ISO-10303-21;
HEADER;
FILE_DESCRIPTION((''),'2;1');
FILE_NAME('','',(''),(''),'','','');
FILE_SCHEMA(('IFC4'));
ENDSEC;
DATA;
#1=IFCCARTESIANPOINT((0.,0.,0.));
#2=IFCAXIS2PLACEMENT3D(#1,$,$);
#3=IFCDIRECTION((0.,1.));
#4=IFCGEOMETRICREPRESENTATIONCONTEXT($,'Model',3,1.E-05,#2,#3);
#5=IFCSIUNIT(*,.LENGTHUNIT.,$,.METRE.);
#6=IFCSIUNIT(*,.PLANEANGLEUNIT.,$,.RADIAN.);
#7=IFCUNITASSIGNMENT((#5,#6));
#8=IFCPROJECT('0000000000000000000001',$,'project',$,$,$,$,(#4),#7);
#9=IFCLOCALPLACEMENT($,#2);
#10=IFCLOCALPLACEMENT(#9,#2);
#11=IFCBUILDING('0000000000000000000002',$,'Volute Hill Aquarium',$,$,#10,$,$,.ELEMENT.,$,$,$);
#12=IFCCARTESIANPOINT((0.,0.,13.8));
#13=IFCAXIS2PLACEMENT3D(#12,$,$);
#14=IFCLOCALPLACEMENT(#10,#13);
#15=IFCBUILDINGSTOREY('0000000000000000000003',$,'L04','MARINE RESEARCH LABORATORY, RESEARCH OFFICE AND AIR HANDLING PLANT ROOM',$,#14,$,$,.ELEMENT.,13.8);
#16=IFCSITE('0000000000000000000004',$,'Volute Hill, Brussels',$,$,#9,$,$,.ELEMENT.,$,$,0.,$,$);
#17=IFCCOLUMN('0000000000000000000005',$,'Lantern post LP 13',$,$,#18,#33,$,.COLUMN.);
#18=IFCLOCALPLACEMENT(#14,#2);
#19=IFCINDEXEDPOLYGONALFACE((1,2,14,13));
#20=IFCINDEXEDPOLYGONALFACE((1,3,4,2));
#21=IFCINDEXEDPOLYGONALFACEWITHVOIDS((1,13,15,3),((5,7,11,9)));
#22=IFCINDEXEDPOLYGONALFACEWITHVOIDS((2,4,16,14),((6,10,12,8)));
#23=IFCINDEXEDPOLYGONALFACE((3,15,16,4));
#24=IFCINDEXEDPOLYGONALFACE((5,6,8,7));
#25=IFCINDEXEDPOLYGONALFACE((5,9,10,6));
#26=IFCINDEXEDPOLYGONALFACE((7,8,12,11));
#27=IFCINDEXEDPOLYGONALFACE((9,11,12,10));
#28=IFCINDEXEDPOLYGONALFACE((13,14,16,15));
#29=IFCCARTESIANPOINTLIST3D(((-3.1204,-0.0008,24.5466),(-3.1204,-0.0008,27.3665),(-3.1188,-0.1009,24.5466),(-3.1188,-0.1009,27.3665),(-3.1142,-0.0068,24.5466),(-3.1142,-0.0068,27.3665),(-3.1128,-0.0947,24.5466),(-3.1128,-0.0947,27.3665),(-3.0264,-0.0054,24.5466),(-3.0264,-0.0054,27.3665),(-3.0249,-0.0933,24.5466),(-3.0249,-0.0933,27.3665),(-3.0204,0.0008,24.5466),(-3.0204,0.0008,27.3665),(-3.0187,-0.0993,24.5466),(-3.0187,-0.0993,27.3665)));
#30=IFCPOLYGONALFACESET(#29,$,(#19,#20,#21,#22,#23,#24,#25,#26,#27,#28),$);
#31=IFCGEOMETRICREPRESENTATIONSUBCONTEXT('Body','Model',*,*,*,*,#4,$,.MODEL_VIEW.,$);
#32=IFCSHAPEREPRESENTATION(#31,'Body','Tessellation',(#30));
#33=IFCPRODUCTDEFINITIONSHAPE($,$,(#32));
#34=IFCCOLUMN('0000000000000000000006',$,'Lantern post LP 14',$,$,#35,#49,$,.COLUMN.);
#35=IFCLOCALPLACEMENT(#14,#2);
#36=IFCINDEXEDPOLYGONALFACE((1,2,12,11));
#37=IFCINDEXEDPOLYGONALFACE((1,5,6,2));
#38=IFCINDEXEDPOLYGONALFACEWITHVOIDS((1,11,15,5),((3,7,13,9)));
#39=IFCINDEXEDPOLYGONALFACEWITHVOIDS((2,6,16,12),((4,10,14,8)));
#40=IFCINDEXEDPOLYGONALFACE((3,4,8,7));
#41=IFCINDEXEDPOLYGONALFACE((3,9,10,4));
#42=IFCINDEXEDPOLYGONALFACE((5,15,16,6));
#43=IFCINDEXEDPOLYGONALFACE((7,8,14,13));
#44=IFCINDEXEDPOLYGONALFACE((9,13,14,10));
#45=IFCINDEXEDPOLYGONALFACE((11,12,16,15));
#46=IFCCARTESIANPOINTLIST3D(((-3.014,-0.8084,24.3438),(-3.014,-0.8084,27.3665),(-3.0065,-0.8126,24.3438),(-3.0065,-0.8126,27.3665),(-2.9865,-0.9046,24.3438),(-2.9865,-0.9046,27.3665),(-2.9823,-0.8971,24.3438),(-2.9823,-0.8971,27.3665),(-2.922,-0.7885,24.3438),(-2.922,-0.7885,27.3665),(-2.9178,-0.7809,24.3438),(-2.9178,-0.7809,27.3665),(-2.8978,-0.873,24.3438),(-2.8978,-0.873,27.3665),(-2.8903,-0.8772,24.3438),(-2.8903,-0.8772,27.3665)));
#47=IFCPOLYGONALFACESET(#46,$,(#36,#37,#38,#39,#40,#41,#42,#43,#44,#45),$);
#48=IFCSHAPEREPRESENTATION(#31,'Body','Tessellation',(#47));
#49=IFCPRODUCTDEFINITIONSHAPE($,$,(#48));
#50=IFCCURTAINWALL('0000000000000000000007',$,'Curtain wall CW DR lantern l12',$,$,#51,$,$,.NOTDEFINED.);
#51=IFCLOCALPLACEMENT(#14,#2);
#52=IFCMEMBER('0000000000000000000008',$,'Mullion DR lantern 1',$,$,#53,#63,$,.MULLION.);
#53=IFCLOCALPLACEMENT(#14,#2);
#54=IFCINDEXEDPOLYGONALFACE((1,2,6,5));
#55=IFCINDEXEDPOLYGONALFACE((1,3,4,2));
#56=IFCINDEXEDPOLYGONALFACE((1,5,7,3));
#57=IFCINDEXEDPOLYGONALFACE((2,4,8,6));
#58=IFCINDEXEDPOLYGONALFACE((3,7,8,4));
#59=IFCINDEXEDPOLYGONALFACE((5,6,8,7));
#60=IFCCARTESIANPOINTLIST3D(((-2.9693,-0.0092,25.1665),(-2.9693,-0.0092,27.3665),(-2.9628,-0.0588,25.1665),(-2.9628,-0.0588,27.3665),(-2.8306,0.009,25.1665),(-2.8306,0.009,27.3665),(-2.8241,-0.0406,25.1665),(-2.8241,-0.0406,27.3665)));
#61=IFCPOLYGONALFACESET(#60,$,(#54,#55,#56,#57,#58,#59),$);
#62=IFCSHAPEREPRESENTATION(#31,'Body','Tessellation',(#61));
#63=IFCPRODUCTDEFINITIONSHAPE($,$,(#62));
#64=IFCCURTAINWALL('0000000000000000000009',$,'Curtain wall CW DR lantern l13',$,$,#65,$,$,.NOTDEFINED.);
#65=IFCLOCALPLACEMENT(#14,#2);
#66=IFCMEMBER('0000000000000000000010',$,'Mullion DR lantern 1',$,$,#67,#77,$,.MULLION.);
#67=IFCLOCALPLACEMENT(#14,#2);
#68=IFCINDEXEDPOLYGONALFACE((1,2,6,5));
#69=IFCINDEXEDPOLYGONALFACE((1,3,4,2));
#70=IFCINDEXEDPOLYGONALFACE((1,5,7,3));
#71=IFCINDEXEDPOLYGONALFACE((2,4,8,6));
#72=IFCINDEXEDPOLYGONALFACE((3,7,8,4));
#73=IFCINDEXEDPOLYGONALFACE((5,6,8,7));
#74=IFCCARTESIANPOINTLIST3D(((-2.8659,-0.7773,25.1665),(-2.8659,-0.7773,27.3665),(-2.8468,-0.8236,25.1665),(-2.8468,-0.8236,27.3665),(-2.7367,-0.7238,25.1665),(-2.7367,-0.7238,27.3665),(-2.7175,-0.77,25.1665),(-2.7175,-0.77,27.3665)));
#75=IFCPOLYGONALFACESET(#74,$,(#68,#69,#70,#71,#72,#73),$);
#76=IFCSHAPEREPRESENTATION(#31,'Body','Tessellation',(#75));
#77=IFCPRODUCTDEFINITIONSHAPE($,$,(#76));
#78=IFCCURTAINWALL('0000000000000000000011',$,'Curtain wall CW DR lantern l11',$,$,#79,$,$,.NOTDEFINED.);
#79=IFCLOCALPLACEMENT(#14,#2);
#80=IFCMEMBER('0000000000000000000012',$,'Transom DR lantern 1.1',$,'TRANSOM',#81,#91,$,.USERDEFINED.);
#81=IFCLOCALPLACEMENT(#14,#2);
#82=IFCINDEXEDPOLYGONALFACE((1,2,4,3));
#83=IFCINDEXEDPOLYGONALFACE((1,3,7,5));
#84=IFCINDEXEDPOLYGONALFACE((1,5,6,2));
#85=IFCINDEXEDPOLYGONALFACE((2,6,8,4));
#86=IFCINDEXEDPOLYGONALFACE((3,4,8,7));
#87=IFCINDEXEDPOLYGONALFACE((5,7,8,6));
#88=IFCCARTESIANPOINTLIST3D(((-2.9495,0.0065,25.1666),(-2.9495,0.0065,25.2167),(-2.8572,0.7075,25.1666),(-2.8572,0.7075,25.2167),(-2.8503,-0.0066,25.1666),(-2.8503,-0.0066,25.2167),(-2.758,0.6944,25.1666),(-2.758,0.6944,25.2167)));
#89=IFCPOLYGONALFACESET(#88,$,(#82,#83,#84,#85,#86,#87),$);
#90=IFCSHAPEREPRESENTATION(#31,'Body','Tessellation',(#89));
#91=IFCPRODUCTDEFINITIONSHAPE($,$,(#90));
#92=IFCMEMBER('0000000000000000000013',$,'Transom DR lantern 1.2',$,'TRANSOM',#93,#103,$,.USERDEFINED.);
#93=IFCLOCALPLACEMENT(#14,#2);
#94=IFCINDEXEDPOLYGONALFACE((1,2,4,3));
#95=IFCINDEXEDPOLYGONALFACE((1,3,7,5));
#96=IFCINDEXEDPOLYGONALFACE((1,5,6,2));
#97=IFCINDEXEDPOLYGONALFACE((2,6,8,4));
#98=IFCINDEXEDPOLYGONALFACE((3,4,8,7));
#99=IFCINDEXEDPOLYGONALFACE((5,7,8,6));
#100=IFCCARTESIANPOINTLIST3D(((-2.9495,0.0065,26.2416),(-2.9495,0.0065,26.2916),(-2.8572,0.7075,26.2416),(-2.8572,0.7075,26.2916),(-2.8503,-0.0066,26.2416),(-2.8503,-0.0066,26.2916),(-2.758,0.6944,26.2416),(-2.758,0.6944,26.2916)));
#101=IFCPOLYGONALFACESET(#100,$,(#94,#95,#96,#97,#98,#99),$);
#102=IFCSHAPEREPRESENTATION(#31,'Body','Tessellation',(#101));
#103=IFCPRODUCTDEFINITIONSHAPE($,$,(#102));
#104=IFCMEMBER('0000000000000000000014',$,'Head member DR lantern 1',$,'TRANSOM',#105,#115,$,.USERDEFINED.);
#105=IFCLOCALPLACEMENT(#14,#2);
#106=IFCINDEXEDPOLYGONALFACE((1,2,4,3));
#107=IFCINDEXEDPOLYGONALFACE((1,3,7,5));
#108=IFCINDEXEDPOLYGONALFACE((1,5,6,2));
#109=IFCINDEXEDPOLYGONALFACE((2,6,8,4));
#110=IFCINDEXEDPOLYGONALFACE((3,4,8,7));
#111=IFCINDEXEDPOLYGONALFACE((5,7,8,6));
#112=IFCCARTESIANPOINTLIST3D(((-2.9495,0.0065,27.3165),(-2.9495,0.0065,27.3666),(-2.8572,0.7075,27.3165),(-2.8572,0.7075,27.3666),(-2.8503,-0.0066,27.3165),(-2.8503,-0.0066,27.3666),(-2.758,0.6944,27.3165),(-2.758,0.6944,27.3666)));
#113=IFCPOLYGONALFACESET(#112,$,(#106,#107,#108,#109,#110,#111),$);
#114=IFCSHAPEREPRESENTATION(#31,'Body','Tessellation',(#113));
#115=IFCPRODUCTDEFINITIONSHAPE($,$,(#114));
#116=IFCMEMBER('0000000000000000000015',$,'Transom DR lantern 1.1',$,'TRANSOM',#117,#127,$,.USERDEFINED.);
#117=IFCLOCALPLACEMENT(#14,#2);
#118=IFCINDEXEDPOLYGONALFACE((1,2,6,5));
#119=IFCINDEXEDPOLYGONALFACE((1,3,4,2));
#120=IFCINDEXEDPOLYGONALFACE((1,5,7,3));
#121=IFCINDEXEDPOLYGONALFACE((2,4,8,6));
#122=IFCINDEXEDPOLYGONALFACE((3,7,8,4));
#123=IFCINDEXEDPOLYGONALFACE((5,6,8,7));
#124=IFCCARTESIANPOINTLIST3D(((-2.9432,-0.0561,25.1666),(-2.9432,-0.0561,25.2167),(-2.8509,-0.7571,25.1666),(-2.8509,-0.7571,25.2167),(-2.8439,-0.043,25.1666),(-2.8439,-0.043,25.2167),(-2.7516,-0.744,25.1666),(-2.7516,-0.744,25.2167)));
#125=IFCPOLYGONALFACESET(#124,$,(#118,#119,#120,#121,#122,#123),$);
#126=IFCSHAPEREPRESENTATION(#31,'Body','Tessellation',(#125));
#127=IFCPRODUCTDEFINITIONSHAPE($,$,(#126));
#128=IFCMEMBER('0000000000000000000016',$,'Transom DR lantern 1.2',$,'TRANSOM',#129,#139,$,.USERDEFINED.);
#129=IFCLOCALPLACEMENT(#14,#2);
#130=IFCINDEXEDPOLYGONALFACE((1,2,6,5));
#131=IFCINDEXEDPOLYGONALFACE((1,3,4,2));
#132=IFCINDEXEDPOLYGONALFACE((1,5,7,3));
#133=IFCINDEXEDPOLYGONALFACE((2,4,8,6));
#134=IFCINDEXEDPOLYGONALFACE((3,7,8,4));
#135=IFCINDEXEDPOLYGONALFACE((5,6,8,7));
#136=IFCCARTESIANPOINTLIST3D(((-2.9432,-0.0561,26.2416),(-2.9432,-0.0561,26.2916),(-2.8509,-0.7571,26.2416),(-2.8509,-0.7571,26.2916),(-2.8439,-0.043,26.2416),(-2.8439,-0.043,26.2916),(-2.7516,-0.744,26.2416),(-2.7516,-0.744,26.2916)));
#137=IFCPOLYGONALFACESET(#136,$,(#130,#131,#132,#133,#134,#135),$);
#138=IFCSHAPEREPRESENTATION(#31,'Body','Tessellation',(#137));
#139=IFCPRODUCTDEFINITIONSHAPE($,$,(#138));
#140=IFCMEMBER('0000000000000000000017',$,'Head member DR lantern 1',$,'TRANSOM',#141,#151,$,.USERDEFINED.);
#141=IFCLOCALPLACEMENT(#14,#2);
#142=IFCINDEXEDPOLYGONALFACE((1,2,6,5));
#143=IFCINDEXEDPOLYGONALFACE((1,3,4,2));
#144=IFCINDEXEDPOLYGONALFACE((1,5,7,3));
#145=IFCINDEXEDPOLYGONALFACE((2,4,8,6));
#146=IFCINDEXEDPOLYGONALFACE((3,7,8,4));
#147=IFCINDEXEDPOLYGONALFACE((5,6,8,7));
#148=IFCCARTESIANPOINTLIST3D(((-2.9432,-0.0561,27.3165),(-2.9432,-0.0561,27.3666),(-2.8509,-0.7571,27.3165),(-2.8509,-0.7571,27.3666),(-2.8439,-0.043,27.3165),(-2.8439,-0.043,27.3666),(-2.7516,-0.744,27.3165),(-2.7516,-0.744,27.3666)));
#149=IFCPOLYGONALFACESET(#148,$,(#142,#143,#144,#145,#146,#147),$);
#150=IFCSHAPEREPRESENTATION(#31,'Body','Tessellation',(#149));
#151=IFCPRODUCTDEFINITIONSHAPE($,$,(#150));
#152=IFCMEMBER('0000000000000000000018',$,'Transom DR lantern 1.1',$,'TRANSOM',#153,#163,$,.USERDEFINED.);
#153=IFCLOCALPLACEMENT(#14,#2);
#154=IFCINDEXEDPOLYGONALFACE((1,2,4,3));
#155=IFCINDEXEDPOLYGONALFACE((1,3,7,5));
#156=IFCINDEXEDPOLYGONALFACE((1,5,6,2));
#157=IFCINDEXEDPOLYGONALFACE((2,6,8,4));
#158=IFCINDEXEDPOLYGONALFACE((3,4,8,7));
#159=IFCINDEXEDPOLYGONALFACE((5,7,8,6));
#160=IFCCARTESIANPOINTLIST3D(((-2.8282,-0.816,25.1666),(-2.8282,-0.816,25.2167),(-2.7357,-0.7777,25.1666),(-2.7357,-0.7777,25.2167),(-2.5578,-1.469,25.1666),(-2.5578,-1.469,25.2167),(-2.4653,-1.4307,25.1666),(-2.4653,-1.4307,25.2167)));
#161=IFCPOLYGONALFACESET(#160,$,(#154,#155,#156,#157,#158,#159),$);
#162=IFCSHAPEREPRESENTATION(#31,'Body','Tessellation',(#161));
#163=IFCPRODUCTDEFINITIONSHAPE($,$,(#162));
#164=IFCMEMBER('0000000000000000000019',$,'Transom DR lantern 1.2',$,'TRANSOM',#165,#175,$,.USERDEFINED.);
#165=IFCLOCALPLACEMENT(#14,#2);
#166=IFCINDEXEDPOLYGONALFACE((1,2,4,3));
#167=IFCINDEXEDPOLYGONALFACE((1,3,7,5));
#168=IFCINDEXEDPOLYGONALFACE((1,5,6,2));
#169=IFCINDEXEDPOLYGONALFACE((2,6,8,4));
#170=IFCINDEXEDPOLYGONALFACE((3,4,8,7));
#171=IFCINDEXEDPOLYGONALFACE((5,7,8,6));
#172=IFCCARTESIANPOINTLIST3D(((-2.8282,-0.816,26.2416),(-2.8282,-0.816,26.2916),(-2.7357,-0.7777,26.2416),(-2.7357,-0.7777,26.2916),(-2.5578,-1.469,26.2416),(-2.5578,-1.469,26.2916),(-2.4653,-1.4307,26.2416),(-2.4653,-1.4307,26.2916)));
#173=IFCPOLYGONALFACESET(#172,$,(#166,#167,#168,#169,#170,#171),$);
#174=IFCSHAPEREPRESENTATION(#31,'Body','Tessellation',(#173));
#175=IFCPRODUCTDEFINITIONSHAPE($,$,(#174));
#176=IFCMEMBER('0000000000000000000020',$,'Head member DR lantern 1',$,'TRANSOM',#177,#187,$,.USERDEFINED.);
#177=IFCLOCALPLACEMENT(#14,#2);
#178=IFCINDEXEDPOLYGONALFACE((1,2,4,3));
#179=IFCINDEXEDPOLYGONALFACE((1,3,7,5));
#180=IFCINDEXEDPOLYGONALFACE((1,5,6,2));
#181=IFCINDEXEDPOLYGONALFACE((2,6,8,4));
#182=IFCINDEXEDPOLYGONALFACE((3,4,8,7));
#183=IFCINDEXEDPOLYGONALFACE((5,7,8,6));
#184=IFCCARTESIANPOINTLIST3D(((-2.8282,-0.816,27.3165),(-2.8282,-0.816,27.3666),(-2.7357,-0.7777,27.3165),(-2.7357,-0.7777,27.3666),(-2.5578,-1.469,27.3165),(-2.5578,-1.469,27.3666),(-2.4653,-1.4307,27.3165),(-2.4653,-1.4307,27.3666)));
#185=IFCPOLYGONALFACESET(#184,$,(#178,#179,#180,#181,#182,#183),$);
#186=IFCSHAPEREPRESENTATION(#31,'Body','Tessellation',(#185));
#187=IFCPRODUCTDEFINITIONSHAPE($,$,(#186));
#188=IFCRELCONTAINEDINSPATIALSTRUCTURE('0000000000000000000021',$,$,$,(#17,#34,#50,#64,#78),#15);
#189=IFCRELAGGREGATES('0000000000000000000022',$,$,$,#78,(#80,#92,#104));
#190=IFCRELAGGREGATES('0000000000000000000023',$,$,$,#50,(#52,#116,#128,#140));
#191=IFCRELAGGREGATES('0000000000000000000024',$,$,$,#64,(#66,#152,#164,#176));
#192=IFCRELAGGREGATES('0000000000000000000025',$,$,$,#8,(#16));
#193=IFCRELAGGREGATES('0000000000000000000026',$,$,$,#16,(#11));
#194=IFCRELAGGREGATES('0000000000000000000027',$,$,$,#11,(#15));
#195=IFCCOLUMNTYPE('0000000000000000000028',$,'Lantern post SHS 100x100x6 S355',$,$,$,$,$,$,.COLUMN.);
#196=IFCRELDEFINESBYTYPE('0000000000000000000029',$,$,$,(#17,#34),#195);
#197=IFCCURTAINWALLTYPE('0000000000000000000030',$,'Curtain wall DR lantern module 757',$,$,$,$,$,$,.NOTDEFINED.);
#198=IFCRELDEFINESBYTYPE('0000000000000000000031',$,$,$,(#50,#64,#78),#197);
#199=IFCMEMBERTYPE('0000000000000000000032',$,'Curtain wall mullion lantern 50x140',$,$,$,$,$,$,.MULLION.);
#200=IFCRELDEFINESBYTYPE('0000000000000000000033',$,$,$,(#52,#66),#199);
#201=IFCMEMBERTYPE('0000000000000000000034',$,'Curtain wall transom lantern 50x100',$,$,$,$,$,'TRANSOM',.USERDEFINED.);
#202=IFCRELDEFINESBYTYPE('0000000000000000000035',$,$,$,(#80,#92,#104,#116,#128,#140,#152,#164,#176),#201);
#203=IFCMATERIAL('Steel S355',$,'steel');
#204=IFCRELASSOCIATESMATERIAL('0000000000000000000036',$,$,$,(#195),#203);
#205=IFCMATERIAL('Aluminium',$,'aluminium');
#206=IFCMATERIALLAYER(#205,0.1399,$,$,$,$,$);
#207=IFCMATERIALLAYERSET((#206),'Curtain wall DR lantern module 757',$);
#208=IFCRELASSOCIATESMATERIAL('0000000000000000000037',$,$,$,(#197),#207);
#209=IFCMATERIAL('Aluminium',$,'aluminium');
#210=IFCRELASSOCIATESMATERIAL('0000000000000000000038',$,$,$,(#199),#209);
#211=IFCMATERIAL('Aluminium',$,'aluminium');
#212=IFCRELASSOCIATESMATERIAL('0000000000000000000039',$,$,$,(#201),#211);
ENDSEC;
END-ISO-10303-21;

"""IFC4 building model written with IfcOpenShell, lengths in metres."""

from ifc_helpers import new_model, si_unit, direction, frame, origin, origin_2d, place, context, subcontext, project, spatial, rectangle, hollow_rectangle, extrude, material, layer, layer_set, material_profile, profile_set, type_object, element, aggregate, save


model = new_model("IFC4")

# Units and contexts
model_context = context("Model", 3, precision=1e-05, world=origin(), true_north=direction((0.0, 1.0)))
body_context = subcontext(model_context, "Body", "Model", "MODEL_VIEW")
ifc_project = project(units=[si_unit("LENGTHUNIT", "METRE"), si_unit("PLANEANGLEUNIT", "RADIAN")], contexts=[model_context])

# Site, building, storey
site_placement = place(None, origin())
site = spatial("IfcSite", under=ifc_project, at=site_placement, Name="Volute Hill, Brussels", CompositionType="ELEMENT", RefElevation=0.0)
building_placement = place(site_placement, origin())
building = spatial("IfcBuilding", under=site, at=building_placement, Name="Volute Hill Aquarium", CompositionType="ELEMENT")
storey_placement = place(building_placement, frame((0.0, 0.0, 13.8)))
storey = spatial("IfcBuildingStorey", under=building, at=storey_placement, Name="L04", Description="MARINE RESEARCH LABORATORY, RESEARCH OFFICE AND AIR HANDLING PLANT ROOM", CompositionType="ELEMENT", Elevation=13.8)

# Columns
ifc_material_1 = material(Name="Steel S355", Category="steel")
ifc_material_profile_1 = material_profile(ifc_material_1, hollow_rectangle(XDim=0.1001, YDim=0.1001, WallThickness=0.0061, at=origin_2d()), Name="SHS 100x100x6")
ifc_profile_set_1 = profile_set([ifc_material_profile_1], Name="Steel S355")
column_type = type_object("IfcColumnType", Name="Lantern post SHS 100x100x6 S355", PredefinedType="COLUMN", material=ifc_profile_set_1)
column_1_placement = place(storey_placement, frame((-3.0696, -0.05, 24.5466), z_axis=(0.0, 0.0, 1.0), x_axis=(-0.999867, -0.016286, 0.0)))
element("IfcColumn", 1, at=column_1_placement, inside=storey, type_object=column_type, Name="Lantern post LP 13", PredefinedType="COLUMN", context=body_context, shape_type="SweptSolid", body=[
    extrude(hollow_rectangle(XDim=0.1001, YDim=0.1001, WallThickness=0.0061, at=origin_2d()), origin(), (0.0, 0.0, 1.0), 2.8198),
])
column_2_placement = place(storey_placement, frame((-2.9521, -0.8428, 24.3438), z_axis=(0.0, 0.0, 1.0), x_axis=(-0.961583, -0.274516, 0.0)))
element("IfcColumn", 2, at=column_2_placement, inside=storey, type_object=column_type, Name="Lantern post LP 14", PredefinedType="COLUMN", context=body_context, shape_type="SweptSolid", body=[
    extrude(hollow_rectangle(XDim=0.1001, YDim=0.1001, WallThickness=0.0061, at=origin_2d()), origin(), (0.0, 0.0, 1.0), 3.0227),
])

# Curtain walls, members
ifc_material_2 = material(Name="Aluminium", Category="aluminium")
ifc_layer_1 = layer(ifc_material_2, 0.1399)
ifc_layer_set_1 = layer_set([ifc_layer_1], Name="Curtain wall DR lantern module 757")
curtain_wall_type = type_object("IfcCurtainWallType", Name="Curtain wall DR lantern module 757", PredefinedType="NOTDEFINED", material=ifc_layer_set_1)
curtain_wall_1_placement = place(storey_placement, origin())
curtain_wall_1 = element("IfcCurtainWall", 3, at=curtain_wall_1_placement, inside=storey, type_object=curtain_wall_type, Name="Curtain wall CW DR lantern l12", PredefinedType="NOTDEFINED")
ifc_material_3 = material(Name="Aluminium", Category="aluminium")
ifc_material_profile_2 = material_profile(ifc_material_3, rectangle(XDim=0.1399, YDim=0.05, at=origin_2d()), Name="Curtain wall mullion lantern 50x140")
ifc_profile_set_2 = profile_set([ifc_material_profile_2], Name="Aluminium")
member_type_1 = type_object("IfcMemberType", Name="Curtain wall mullion lantern 50x140", PredefinedType="MULLION", material=ifc_profile_set_2)
member_1_placement = place(storey_placement, frame((-2.8967, -0.0249, 25.1665), z_axis=(0.0, 0.0, 1.0), x_axis=(0.991448, 0.130502, 0.0)))
member_1 = element("IfcMember", 4, at=member_1_placement, type_object=member_type_1, Name="Mullion DR lantern 1", PredefinedType="MULLION", context=body_context, shape_type="SweptSolid", body=[
    extrude(rectangle(XDim=0.1399, YDim=0.05, at=origin_2d()), origin(), (0.0, 0.0, 1.0), 2.2),
])
curtain_wall_2_placement = place(storey_placement, origin())
curtain_wall_2 = element("IfcCurtainWall", 5, at=curtain_wall_2_placement, inside=storey, type_object=curtain_wall_type, Name="Curtain wall CW DR lantern l13", PredefinedType="NOTDEFINED")
member_2_placement = place(storey_placement, frame((-2.7917, -0.7737, 25.1665), z_axis=(0.0, 0.0, 1.0), x_axis=(0.92388, 0.382682, 0.0)))
member_2 = element("IfcMember", 6, at=member_2_placement, type_object=member_type_1, Name="Mullion DR lantern 1", PredefinedType="MULLION", context=body_context, shape_type="SweptSolid", body=[
    extrude(rectangle(XDim=0.1399, YDim=0.05, at=origin_2d()), origin(), (0.0, 0.0, 1.0), 2.2),
])

# Curtain wall, members
curtain_wall_3_placement = place(storey_placement, origin())
curtain_wall_3 = element("IfcCurtainWall", 7, at=curtain_wall_3_placement, inside=storey, type_object=curtain_wall_type, Name="Curtain wall CW DR lantern l11", PredefinedType="NOTDEFINED")
ifc_material_4 = material(Name="Aluminium", Category="aluminium")
ifc_material_profile_3 = material_profile(ifc_material_4, rectangle(XDim=0.1001, YDim=0.05, at=origin_2d()), Name="Curtain wall transom lantern 50x100")
ifc_profile_set_3 = profile_set([ifc_material_profile_3], Name="Aluminium")
member_type_2 = type_object("IfcMemberType", Name="Curtain wall transom lantern 50x100", ElementType="TRANSOM", PredefinedType="USERDEFINED", material=ifc_profile_set_3)
member_3_placement = place(storey_placement, frame((-2.8076, 0.7009, 25.1917), z_axis=(-0.130535, -0.991444, 0.0), x_axis=(0.991444, -0.130535, 0.0)))
member_3 = element("IfcMember", 8, at=member_3_placement, type_object=member_type_2, Name="Transom DR lantern 1.1", ObjectType="TRANSOM", PredefinedType="USERDEFINED", context=body_context, shape_type="SweptSolid", body=[
    extrude(rectangle(XDim=0.1001, YDim=0.05, at=origin_2d()), origin(), (0.0, 0.0, 1.0), 0.707),
])
member_4_placement = place(storey_placement, frame((-2.8076, 0.7009, 26.2666), z_axis=(-0.130535, -0.991444, 0.0), x_axis=(0.991444, -0.130535, 0.0)))
member_4 = element("IfcMember", 9, at=member_4_placement, type_object=member_type_2, Name="Transom DR lantern 1.2", ObjectType="TRANSOM", PredefinedType="USERDEFINED", context=body_context, shape_type="SweptSolid", body=[
    extrude(rectangle(XDim=0.1001, YDim=0.05, at=origin_2d()), origin(), (0.0, 0.0, 1.0), 0.707),
])
member_5_placement = place(storey_placement, frame((-2.8076, 0.7009, 27.3416), z_axis=(-0.130535, -0.991444, 0.0), x_axis=(0.991444, -0.130535, 0.0)))
member_5 = element("IfcMember", 10, at=member_5_placement, type_object=member_type_2, Name="Head member DR lantern 1", ObjectType="TRANSOM", PredefinedType="USERDEFINED", context=body_context, shape_type="SweptSolid", body=[
    extrude(rectangle(XDim=0.1001, YDim=0.05, at=origin_2d()), origin(), (0.0, 0.0, 1.0), 0.707),
])

# Members
member_6_placement = place(storey_placement, frame((-2.8936, -0.0496, 25.1917), z_axis=(0.130535, -0.991444, 0.0), x_axis=(0.991444, 0.130535, 0.0)))
member_6 = element("IfcMember", 11, at=member_6_placement, type_object=member_type_2, Name="Transom DR lantern 1.1", ObjectType="TRANSOM", PredefinedType="USERDEFINED", context=body_context, shape_type="SweptSolid", body=[
    extrude(rectangle(XDim=0.1001, YDim=0.05, at=origin_2d()), origin(), (0.0, 0.0, 1.0), 0.707),
])
member_7_placement = place(storey_placement, frame((-2.8936, -0.0496, 26.2666), z_axis=(0.130535, -0.991444, 0.0), x_axis=(0.991444, 0.130535, 0.0)))
member_7 = element("IfcMember", 12, at=member_7_placement, type_object=member_type_2, Name="Transom DR lantern 1.2", ObjectType="TRANSOM", PredefinedType="USERDEFINED", context=body_context, shape_type="SweptSolid", body=[
    extrude(rectangle(XDim=0.1001, YDim=0.05, at=origin_2d()), origin(), (0.0, 0.0, 1.0), 0.707),
])
member_8_placement = place(storey_placement, frame((-2.8936, -0.0496, 27.3416), z_axis=(0.130535, -0.991444, 0.0), x_axis=(0.991444, 0.130535, 0.0)))
member_8 = element("IfcMember", 13, at=member_8_placement, type_object=member_type_2, Name="Head member DR lantern 1", ObjectType="TRANSOM", PredefinedType="USERDEFINED", context=body_context, shape_type="SweptSolid", body=[
    extrude(rectangle(XDim=0.1001, YDim=0.05, at=origin_2d()), origin(), (0.0, 0.0, 1.0), 0.707),
])
member_9_placement = place(storey_placement, frame((-2.782, -0.7969, 25.1917), z_axis=(0.382677, -0.923882, 0.0), x_axis=(0.923882, 0.382677, 0.0)))
member_9 = element("IfcMember", 14, at=member_9_placement, type_object=member_type_2, Name="Transom DR lantern 1.1", ObjectType="TRANSOM", PredefinedType="USERDEFINED", context=body_context, shape_type="SweptSolid", body=[
    extrude(rectangle(XDim=0.1001, YDim=0.05, at=origin_2d()), origin(), (0.0, 0.0, 1.0), 0.7068),
])
member_10_placement = place(storey_placement, frame((-2.782, -0.7969, 26.2666), z_axis=(0.382677, -0.923882, 0.0), x_axis=(0.923882, 0.382677, 0.0)))
member_10 = element("IfcMember", 15, at=member_10_placement, type_object=member_type_2, Name="Transom DR lantern 1.2", ObjectType="TRANSOM", PredefinedType="USERDEFINED", context=body_context, shape_type="SweptSolid", body=[
    extrude(rectangle(XDim=0.1001, YDim=0.05, at=origin_2d()), origin(), (0.0, 0.0, 1.0), 0.7068),
])
member_11_placement = place(storey_placement, frame((-2.782, -0.7969, 27.3416), z_axis=(0.382677, -0.923882, 0.0), x_axis=(0.923882, 0.382677, 0.0)))
member_11 = element("IfcMember", 16, at=member_11_placement, type_object=member_type_2, Name="Head member DR lantern 1", ObjectType="TRANSOM", PredefinedType="USERDEFINED", context=body_context, shape_type="SweptSolid", body=[
    extrude(rectangle(XDim=0.1001, YDim=0.05, at=origin_2d()), origin(), (0.0, 0.0, 1.0), 0.7068),
])

aggregate(curtain_wall_3, [member_3, member_4, member_5])
aggregate(curtain_wall_1, [member_1, member_6, member_7, member_8])
aggregate(curtain_wall_2, [member_2, member_9, member_10, member_11])

save(model, "model.ifc")
